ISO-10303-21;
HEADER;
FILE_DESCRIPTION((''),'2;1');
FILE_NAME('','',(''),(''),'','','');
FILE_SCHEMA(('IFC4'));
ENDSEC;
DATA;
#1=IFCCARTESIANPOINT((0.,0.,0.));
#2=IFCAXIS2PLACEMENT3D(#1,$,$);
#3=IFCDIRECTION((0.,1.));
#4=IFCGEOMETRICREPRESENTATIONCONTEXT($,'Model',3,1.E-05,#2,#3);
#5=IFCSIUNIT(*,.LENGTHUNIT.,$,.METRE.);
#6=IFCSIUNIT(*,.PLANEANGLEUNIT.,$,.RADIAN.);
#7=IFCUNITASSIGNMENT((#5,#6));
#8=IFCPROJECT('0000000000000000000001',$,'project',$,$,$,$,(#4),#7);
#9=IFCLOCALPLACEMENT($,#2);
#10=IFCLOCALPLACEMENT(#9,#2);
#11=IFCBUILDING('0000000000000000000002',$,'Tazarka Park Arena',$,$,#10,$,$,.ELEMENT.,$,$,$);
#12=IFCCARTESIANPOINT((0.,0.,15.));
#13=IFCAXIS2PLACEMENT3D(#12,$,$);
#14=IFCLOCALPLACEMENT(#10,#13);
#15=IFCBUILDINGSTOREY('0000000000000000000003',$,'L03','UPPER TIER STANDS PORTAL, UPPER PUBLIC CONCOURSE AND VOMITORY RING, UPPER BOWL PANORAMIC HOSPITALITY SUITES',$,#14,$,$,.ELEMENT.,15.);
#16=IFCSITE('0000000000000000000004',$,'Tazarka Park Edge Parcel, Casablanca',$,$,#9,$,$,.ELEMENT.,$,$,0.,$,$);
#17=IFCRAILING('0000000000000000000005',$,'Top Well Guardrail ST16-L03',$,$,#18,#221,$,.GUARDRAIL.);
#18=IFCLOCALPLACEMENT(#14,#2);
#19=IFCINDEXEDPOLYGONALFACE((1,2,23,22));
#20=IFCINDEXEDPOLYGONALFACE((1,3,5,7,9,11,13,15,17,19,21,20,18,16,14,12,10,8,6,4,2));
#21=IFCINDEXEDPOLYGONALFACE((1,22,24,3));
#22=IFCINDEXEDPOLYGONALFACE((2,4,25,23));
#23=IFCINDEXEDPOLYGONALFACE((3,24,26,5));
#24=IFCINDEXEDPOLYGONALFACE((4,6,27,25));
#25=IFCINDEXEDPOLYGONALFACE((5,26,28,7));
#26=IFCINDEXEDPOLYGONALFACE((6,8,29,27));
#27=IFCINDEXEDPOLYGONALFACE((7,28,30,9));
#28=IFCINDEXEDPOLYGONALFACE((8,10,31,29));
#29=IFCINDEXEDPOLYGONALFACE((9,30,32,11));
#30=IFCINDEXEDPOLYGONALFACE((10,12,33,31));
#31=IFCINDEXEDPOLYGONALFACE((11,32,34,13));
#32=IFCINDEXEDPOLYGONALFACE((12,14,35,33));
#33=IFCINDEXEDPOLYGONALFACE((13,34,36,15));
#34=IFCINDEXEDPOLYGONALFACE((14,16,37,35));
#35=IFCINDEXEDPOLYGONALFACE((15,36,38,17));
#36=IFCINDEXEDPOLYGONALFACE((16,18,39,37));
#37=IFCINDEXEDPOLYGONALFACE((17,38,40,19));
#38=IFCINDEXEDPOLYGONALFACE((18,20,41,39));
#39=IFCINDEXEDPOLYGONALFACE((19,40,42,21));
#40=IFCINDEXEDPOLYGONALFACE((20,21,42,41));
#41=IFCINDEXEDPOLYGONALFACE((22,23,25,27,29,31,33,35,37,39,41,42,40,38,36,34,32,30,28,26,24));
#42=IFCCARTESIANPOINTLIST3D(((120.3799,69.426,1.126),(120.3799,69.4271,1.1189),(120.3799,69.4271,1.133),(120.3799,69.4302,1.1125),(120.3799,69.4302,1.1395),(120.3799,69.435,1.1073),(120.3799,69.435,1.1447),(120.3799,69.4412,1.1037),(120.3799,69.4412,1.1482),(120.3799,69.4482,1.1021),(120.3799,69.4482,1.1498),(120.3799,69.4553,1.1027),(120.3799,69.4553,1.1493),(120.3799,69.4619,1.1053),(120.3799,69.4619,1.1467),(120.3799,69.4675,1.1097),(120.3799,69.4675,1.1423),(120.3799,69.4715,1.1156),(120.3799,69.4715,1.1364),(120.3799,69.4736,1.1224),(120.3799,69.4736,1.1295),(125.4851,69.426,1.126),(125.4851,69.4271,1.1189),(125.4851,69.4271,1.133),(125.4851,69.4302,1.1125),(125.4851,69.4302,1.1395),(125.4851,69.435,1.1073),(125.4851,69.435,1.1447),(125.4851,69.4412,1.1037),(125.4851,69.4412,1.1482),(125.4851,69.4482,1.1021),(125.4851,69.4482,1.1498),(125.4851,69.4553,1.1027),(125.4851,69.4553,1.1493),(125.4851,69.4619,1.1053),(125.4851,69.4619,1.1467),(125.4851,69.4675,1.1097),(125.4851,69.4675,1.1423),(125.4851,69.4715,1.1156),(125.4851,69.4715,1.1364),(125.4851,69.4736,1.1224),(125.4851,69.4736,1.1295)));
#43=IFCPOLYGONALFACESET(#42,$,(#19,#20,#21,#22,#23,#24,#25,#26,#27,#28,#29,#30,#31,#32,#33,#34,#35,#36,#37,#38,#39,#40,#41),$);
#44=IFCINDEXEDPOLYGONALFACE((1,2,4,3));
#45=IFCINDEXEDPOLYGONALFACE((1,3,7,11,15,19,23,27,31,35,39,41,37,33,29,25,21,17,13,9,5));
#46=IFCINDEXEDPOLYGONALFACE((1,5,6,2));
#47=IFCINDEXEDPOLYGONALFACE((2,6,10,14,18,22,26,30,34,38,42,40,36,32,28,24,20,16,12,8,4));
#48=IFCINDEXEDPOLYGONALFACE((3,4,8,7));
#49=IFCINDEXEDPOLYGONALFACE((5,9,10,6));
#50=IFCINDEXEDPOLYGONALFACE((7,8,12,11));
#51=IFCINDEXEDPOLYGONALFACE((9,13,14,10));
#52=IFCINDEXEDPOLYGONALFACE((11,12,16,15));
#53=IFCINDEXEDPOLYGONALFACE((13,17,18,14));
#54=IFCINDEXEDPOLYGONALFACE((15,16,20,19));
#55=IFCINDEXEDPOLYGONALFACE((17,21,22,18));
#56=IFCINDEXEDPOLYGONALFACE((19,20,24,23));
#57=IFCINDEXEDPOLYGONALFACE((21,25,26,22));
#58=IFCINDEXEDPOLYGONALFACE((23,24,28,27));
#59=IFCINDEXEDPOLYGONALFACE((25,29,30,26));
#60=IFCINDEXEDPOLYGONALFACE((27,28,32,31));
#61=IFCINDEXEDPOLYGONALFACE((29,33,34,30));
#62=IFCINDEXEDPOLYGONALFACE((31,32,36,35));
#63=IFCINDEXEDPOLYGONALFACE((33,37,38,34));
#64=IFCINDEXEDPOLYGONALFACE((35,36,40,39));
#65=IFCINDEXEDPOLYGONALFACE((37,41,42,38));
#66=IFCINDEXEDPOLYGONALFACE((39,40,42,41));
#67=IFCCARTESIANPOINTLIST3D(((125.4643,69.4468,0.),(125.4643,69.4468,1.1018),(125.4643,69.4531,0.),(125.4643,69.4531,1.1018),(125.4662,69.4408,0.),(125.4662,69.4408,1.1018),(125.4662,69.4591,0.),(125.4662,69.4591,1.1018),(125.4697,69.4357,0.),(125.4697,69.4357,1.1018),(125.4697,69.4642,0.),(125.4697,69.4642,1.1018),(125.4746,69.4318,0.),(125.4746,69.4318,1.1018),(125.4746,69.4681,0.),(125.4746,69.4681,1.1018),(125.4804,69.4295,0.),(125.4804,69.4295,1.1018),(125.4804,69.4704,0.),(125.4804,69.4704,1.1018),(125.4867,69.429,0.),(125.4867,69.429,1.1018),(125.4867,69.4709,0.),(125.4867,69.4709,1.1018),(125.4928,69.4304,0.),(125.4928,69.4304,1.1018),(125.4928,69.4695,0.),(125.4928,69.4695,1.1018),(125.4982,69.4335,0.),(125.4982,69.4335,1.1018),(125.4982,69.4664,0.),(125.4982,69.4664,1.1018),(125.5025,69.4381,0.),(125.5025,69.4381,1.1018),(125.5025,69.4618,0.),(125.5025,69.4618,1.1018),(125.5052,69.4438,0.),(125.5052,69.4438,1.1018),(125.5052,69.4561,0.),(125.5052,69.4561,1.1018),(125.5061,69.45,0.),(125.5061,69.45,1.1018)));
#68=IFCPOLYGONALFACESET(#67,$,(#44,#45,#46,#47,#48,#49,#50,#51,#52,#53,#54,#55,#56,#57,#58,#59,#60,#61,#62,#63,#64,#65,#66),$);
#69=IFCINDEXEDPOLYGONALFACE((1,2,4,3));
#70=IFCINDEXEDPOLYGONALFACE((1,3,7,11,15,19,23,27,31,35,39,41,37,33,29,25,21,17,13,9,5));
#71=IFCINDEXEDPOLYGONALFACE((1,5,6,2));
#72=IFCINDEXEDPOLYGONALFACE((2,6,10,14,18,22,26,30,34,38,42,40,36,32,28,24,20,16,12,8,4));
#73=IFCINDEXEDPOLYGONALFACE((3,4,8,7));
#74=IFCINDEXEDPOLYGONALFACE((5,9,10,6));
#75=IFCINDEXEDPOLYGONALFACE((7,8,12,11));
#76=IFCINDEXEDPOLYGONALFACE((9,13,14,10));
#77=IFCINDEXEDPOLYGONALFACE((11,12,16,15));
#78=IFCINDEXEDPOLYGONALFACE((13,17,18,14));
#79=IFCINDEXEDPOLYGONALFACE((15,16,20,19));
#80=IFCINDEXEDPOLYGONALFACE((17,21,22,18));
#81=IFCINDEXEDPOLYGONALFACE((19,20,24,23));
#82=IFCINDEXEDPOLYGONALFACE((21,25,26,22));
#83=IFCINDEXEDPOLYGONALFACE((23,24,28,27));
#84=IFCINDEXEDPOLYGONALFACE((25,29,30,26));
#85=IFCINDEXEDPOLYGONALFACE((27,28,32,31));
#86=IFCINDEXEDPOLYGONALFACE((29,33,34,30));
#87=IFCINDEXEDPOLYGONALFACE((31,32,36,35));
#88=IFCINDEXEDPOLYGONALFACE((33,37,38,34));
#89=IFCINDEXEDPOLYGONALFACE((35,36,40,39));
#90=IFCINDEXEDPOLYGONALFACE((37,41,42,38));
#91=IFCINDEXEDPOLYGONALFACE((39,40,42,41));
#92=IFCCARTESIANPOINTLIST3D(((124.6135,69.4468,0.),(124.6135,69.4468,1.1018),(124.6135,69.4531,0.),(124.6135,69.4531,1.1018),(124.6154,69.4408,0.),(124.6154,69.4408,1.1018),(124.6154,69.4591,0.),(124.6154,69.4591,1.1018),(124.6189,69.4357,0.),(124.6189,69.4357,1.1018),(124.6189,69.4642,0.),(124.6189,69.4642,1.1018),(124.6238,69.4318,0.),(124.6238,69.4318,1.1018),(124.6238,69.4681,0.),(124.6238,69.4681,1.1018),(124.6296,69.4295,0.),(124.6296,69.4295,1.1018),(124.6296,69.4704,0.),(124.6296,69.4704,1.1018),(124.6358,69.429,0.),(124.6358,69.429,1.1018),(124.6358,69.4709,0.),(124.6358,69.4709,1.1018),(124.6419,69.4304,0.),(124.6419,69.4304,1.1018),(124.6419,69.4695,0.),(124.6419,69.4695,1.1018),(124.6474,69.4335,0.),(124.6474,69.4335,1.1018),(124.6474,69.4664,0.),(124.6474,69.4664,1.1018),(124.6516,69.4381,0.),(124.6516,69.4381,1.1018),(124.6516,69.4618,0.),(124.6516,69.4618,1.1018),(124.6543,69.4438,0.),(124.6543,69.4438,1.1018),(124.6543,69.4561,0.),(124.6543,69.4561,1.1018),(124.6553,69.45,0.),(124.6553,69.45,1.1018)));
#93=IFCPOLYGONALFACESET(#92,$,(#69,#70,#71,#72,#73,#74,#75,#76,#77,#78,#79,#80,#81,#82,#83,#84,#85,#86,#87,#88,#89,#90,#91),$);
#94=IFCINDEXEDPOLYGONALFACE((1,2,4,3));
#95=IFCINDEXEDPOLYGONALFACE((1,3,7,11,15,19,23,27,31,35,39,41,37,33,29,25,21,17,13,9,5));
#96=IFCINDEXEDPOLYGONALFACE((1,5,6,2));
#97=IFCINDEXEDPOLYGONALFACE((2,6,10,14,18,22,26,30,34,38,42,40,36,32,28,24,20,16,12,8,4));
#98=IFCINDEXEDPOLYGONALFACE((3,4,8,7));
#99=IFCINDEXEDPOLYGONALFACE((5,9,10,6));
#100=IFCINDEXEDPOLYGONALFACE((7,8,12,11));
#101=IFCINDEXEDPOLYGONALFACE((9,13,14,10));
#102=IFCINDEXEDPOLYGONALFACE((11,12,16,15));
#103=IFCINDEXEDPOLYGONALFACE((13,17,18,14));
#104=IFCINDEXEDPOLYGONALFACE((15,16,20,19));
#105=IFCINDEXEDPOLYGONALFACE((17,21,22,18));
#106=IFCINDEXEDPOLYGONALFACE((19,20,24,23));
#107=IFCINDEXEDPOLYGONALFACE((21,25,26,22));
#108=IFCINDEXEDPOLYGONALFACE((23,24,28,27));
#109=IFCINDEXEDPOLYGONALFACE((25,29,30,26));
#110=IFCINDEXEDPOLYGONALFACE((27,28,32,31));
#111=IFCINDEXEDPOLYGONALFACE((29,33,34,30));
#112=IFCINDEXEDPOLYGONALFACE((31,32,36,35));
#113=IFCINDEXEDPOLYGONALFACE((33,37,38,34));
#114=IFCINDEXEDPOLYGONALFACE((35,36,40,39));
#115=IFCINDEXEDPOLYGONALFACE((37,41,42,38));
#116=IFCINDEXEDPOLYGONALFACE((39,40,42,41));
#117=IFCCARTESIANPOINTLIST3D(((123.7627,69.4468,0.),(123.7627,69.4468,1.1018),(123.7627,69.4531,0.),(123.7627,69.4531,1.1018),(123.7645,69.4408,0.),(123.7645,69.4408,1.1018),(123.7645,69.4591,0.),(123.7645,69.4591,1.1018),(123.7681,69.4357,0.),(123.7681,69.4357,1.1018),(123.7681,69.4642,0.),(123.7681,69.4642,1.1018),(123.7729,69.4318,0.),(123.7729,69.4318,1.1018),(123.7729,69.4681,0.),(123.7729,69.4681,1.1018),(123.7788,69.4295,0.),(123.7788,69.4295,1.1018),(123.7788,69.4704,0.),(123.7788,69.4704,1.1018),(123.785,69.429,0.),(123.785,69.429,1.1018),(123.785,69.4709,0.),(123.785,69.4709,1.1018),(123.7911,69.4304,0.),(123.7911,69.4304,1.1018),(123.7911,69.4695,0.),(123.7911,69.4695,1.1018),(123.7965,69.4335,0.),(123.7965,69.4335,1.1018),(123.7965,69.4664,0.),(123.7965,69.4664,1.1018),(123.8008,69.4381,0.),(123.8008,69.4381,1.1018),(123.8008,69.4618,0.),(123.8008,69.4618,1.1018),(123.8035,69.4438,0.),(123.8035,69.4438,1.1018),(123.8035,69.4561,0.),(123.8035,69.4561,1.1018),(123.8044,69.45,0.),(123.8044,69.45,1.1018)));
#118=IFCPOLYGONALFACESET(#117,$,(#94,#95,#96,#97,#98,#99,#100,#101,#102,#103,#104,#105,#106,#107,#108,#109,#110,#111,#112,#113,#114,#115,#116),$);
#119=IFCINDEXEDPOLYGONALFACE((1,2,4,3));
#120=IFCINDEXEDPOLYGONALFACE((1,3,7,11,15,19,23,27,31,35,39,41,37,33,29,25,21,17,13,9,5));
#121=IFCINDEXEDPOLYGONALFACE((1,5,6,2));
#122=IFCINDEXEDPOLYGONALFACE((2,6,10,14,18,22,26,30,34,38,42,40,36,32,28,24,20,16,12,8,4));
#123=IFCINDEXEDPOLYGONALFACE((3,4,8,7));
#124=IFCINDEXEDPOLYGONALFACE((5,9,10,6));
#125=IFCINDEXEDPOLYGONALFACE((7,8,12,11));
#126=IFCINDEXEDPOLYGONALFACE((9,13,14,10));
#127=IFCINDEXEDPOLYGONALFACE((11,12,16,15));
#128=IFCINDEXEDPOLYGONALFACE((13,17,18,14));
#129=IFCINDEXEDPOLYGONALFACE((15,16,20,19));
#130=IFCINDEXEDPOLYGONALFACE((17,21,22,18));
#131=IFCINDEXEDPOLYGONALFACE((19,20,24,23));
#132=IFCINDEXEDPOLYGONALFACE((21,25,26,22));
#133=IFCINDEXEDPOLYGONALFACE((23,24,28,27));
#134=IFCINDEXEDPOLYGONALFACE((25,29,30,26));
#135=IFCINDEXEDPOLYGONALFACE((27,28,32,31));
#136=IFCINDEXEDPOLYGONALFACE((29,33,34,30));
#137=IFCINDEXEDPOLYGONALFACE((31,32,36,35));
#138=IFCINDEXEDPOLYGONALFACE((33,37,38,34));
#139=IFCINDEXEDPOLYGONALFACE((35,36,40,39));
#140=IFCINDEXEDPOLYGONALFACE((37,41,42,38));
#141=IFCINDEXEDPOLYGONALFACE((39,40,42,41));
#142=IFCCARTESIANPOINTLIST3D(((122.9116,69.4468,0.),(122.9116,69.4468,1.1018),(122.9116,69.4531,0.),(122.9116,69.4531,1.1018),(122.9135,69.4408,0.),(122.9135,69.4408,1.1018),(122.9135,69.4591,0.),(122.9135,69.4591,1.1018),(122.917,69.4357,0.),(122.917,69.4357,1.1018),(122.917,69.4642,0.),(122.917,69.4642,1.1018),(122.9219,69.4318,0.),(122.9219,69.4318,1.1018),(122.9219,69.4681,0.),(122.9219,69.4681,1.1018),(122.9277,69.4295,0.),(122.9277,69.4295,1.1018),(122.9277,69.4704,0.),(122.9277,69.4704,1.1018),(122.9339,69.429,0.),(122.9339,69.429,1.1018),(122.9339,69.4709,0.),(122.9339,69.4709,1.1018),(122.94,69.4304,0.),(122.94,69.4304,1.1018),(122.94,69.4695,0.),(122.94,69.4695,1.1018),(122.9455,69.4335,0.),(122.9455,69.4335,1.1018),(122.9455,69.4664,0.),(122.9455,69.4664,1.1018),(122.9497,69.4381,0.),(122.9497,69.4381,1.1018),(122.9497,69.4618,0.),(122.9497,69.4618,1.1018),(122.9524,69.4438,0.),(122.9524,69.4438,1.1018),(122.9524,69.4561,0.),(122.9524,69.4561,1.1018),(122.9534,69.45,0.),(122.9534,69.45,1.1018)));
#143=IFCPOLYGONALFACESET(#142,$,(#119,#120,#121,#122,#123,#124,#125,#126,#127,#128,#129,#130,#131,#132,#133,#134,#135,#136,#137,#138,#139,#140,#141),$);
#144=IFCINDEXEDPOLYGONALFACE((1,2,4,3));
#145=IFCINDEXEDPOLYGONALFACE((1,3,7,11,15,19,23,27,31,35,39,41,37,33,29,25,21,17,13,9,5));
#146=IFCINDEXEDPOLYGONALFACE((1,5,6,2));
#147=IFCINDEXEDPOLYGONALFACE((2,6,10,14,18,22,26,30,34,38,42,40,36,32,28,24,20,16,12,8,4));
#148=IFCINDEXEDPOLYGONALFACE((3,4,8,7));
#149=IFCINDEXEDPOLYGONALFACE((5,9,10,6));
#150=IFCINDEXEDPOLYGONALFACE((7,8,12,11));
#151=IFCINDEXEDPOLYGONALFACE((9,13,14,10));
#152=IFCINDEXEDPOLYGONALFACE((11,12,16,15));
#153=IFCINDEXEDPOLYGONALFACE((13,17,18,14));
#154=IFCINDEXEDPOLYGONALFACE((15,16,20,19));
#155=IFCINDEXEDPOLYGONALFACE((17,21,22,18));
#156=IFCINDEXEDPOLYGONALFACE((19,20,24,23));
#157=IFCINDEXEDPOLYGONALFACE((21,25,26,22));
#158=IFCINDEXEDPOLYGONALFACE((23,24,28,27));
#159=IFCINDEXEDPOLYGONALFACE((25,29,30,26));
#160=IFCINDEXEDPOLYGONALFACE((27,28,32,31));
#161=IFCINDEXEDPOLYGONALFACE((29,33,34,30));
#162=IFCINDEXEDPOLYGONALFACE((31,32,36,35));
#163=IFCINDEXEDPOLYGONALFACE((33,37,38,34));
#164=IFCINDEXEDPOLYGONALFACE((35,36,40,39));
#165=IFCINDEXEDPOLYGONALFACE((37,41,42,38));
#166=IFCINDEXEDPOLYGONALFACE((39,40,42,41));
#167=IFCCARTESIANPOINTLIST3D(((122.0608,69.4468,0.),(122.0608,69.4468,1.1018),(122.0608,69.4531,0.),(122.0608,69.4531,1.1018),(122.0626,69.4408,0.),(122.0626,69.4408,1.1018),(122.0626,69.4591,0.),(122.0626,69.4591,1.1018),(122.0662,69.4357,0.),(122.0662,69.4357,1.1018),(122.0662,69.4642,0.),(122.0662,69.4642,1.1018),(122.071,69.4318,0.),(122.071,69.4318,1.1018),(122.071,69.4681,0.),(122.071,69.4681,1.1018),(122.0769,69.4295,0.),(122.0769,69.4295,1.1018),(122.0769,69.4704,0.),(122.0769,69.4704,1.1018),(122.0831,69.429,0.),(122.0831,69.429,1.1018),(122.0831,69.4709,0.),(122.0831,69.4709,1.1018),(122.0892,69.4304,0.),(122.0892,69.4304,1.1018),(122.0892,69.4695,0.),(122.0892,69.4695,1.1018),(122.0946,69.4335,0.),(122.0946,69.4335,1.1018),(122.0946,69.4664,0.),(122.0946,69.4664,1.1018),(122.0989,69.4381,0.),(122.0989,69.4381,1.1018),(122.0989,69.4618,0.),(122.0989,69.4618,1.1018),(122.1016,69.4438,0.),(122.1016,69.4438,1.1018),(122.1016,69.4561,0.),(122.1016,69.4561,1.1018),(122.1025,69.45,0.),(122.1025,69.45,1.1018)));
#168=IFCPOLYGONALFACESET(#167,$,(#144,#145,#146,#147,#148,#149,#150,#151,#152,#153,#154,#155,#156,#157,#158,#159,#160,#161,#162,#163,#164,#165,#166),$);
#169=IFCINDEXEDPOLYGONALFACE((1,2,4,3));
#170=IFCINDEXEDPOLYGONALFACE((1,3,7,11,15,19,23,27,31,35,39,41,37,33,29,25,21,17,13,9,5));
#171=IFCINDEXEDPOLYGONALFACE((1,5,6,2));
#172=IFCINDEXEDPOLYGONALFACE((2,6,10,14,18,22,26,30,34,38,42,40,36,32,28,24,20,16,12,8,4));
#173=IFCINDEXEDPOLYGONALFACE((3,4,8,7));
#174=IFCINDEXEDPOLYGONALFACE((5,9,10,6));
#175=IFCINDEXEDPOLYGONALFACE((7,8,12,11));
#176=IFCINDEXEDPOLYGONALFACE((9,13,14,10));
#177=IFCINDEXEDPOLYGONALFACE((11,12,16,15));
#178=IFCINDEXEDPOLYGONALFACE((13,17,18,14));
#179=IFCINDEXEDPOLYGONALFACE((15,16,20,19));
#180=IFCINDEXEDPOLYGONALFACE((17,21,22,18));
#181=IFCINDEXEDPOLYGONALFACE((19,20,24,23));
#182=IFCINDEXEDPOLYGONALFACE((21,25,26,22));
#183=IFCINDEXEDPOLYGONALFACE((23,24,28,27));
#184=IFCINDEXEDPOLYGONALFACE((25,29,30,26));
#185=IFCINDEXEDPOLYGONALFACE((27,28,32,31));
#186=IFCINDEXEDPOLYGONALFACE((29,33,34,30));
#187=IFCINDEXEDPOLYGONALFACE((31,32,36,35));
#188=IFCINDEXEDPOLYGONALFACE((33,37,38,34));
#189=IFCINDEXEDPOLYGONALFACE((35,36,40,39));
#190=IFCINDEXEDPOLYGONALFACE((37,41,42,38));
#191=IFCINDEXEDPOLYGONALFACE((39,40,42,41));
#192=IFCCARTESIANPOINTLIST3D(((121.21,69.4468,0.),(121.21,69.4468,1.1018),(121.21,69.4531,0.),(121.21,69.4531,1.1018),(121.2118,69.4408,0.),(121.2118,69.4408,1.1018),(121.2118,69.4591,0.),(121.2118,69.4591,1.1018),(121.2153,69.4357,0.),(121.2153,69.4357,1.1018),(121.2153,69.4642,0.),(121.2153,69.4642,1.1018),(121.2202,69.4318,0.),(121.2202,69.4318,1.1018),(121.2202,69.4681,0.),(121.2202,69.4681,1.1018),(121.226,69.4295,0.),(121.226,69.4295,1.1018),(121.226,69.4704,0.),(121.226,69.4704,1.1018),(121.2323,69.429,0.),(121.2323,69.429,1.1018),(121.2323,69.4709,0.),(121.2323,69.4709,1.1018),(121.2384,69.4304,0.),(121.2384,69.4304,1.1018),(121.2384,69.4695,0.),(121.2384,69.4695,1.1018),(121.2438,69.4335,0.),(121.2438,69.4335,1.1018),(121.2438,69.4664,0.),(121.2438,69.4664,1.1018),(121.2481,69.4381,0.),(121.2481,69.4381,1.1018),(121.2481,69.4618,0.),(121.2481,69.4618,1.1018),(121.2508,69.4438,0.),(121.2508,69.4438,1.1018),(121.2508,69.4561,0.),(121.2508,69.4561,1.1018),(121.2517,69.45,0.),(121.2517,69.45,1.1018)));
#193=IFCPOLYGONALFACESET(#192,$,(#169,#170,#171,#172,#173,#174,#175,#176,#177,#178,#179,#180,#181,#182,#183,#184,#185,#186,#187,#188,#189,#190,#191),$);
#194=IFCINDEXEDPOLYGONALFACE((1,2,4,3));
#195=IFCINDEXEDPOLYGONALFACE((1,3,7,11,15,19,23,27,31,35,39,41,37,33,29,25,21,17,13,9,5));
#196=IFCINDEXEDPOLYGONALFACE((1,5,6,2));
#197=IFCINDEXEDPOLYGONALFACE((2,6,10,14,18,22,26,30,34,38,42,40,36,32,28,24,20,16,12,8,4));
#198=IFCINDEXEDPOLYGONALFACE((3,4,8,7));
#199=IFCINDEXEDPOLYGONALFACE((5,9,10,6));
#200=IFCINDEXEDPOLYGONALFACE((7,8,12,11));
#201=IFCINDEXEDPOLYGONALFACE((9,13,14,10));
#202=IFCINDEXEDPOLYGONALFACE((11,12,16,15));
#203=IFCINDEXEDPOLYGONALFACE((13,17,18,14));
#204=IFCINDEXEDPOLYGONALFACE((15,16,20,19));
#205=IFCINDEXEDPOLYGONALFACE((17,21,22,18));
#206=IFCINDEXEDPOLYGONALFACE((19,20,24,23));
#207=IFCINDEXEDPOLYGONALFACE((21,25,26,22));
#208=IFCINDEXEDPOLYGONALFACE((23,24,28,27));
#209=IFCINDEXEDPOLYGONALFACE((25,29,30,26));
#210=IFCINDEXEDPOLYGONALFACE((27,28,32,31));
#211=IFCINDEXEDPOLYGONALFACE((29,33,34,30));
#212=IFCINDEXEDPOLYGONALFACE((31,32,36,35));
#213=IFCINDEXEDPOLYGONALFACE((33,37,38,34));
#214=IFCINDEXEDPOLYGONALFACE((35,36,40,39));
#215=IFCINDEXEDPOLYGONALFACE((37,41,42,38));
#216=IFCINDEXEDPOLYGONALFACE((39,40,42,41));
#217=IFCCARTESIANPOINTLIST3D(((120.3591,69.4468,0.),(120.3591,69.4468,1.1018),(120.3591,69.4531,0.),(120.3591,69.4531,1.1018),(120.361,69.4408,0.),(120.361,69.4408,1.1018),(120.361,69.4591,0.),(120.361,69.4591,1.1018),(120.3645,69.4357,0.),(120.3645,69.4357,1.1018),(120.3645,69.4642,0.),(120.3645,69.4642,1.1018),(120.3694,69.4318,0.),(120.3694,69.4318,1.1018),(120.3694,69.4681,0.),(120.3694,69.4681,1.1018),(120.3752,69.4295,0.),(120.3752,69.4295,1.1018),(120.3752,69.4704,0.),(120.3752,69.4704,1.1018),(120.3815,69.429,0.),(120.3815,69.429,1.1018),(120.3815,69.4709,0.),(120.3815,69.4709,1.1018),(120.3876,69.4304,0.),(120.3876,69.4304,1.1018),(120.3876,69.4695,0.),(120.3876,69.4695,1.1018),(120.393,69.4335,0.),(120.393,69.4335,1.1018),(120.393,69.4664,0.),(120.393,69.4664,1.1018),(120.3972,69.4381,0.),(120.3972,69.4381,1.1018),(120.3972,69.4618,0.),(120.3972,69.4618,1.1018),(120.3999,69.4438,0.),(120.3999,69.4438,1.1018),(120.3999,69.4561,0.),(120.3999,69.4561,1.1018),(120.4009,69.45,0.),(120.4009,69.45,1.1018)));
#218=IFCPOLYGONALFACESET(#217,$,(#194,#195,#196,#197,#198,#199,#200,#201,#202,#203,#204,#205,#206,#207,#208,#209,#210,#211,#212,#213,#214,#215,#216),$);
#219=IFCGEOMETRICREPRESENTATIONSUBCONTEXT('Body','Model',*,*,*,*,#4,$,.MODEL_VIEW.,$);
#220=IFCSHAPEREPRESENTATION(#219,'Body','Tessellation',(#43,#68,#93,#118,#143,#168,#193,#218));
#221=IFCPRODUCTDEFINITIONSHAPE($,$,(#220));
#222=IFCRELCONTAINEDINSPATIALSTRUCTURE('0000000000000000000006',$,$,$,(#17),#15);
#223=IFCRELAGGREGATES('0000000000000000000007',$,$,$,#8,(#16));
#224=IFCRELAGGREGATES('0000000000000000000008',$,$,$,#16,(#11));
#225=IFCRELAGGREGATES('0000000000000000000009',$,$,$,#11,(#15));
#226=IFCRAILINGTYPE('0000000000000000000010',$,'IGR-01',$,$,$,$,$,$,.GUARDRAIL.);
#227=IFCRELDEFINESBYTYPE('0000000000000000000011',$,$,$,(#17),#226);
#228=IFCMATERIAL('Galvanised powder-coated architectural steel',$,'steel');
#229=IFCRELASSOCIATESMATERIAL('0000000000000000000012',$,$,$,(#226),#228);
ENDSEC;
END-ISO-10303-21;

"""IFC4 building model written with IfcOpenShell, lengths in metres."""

from ifc_helpers import new_model, si_unit, direction, frame, origin, origin_2d, place, context, subcontext, project, spatial, circle, extrude, material, type_object, element, save


model = new_model("IFC4")

# Units and contexts
model_context = context("Model", 3, precision=1e-05, world=origin(), true_north=direction((0.0, 1.0)))
body_context = subcontext(model_context, "Body", "Model", "MODEL_VIEW")
ifc_project = project(units=[si_unit("LENGTHUNIT", "METRE"), si_unit("PLANEANGLEUNIT", "RADIAN")], contexts=[model_context])

# Site, building, storey
site_placement = place(None, origin())
site = spatial("IfcSite", under=ifc_project, at=site_placement, Name="Tazarka Park Edge Parcel, Casablanca", CompositionType="ELEMENT", RefElevation=0.0)
building_placement = place(site_placement, origin())
building = spatial("IfcBuilding", under=site, at=building_placement, Name="Tazarka Park Arena", CompositionType="ELEMENT")
storey_placement = place(building_placement, frame((0.0, 0.0, 15.0)))
storey = spatial("IfcBuildingStorey", under=building, at=storey_placement, Name="L03", Description="UPPER TIER STANDS PORTAL, UPPER PUBLIC CONCOURSE AND VOMITORY RING, UPPER BOWL PANORAMIC HOSPITALITY SUITES", CompositionType="ELEMENT", Elevation=15.0)

# Railing
ifc_material_1 = material(Name="Galvanised powder-coated architectural steel", Category="steel")
railing_type = type_object("IfcRailingType", Name="IGR-01", PredefinedType="GUARDRAIL", material=ifc_material_1)
railing_1_placement = place(storey_placement, frame((125.4851, 69.45, 0.0)))
element("IfcRailing", 1, at=railing_1_placement, inside=storey, type_object=railing_type, Name="Top Well Guardrail ST16-L03", PredefinedType="GUARDRAIL", context=body_context, shape_type="SweptSolid", body=[
    extrude(circle(Radius=0.0239, at=origin_2d()), frame((0.0, 0.0, 1.126), z_axis=(-1.0, 0.0, 0.0), x_axis=(0.0, -1.0, 0.0)), (0.0, 0.0, 1.0), 5.1052),
    extrude(circle(Radius=0.021, at=origin_2d()), origin(), (0.0, 0.0, 1.0), 1.1018),
    extrude(circle(Radius=0.021, at=origin_2d()), frame((-0.8508, 0.0, 0.0)), (0.0, 0.0, 1.0), 1.1018),
    extrude(circle(Radius=0.021, at=origin_2d()), frame((-1.7017, 0.0, 0.0)), (0.0, 0.0, 1.0), 1.1018),
    extrude(circle(Radius=0.021, at=origin_2d()), frame((-2.5527, 0.0, 0.0)), (0.0, 0.0, 1.0), 1.1018),
    extrude(circle(Radius=0.021, at=origin_2d()), frame((-3.4036, 0.0, 0.0)), (0.0, 0.0, 1.0), 1.1018),
    extrude(circle(Radius=0.021, at=origin_2d()), frame((-4.2544, 0.0, 0.0)), (0.0, 0.0, 1.0), 1.1018),
    extrude(circle(Radius=0.021, at=origin_2d()), frame((-5.1052, 0.0, 0.0)), (0.0, 0.0, 1.0), 1.1018),
])

save(model, "model.ifc")
